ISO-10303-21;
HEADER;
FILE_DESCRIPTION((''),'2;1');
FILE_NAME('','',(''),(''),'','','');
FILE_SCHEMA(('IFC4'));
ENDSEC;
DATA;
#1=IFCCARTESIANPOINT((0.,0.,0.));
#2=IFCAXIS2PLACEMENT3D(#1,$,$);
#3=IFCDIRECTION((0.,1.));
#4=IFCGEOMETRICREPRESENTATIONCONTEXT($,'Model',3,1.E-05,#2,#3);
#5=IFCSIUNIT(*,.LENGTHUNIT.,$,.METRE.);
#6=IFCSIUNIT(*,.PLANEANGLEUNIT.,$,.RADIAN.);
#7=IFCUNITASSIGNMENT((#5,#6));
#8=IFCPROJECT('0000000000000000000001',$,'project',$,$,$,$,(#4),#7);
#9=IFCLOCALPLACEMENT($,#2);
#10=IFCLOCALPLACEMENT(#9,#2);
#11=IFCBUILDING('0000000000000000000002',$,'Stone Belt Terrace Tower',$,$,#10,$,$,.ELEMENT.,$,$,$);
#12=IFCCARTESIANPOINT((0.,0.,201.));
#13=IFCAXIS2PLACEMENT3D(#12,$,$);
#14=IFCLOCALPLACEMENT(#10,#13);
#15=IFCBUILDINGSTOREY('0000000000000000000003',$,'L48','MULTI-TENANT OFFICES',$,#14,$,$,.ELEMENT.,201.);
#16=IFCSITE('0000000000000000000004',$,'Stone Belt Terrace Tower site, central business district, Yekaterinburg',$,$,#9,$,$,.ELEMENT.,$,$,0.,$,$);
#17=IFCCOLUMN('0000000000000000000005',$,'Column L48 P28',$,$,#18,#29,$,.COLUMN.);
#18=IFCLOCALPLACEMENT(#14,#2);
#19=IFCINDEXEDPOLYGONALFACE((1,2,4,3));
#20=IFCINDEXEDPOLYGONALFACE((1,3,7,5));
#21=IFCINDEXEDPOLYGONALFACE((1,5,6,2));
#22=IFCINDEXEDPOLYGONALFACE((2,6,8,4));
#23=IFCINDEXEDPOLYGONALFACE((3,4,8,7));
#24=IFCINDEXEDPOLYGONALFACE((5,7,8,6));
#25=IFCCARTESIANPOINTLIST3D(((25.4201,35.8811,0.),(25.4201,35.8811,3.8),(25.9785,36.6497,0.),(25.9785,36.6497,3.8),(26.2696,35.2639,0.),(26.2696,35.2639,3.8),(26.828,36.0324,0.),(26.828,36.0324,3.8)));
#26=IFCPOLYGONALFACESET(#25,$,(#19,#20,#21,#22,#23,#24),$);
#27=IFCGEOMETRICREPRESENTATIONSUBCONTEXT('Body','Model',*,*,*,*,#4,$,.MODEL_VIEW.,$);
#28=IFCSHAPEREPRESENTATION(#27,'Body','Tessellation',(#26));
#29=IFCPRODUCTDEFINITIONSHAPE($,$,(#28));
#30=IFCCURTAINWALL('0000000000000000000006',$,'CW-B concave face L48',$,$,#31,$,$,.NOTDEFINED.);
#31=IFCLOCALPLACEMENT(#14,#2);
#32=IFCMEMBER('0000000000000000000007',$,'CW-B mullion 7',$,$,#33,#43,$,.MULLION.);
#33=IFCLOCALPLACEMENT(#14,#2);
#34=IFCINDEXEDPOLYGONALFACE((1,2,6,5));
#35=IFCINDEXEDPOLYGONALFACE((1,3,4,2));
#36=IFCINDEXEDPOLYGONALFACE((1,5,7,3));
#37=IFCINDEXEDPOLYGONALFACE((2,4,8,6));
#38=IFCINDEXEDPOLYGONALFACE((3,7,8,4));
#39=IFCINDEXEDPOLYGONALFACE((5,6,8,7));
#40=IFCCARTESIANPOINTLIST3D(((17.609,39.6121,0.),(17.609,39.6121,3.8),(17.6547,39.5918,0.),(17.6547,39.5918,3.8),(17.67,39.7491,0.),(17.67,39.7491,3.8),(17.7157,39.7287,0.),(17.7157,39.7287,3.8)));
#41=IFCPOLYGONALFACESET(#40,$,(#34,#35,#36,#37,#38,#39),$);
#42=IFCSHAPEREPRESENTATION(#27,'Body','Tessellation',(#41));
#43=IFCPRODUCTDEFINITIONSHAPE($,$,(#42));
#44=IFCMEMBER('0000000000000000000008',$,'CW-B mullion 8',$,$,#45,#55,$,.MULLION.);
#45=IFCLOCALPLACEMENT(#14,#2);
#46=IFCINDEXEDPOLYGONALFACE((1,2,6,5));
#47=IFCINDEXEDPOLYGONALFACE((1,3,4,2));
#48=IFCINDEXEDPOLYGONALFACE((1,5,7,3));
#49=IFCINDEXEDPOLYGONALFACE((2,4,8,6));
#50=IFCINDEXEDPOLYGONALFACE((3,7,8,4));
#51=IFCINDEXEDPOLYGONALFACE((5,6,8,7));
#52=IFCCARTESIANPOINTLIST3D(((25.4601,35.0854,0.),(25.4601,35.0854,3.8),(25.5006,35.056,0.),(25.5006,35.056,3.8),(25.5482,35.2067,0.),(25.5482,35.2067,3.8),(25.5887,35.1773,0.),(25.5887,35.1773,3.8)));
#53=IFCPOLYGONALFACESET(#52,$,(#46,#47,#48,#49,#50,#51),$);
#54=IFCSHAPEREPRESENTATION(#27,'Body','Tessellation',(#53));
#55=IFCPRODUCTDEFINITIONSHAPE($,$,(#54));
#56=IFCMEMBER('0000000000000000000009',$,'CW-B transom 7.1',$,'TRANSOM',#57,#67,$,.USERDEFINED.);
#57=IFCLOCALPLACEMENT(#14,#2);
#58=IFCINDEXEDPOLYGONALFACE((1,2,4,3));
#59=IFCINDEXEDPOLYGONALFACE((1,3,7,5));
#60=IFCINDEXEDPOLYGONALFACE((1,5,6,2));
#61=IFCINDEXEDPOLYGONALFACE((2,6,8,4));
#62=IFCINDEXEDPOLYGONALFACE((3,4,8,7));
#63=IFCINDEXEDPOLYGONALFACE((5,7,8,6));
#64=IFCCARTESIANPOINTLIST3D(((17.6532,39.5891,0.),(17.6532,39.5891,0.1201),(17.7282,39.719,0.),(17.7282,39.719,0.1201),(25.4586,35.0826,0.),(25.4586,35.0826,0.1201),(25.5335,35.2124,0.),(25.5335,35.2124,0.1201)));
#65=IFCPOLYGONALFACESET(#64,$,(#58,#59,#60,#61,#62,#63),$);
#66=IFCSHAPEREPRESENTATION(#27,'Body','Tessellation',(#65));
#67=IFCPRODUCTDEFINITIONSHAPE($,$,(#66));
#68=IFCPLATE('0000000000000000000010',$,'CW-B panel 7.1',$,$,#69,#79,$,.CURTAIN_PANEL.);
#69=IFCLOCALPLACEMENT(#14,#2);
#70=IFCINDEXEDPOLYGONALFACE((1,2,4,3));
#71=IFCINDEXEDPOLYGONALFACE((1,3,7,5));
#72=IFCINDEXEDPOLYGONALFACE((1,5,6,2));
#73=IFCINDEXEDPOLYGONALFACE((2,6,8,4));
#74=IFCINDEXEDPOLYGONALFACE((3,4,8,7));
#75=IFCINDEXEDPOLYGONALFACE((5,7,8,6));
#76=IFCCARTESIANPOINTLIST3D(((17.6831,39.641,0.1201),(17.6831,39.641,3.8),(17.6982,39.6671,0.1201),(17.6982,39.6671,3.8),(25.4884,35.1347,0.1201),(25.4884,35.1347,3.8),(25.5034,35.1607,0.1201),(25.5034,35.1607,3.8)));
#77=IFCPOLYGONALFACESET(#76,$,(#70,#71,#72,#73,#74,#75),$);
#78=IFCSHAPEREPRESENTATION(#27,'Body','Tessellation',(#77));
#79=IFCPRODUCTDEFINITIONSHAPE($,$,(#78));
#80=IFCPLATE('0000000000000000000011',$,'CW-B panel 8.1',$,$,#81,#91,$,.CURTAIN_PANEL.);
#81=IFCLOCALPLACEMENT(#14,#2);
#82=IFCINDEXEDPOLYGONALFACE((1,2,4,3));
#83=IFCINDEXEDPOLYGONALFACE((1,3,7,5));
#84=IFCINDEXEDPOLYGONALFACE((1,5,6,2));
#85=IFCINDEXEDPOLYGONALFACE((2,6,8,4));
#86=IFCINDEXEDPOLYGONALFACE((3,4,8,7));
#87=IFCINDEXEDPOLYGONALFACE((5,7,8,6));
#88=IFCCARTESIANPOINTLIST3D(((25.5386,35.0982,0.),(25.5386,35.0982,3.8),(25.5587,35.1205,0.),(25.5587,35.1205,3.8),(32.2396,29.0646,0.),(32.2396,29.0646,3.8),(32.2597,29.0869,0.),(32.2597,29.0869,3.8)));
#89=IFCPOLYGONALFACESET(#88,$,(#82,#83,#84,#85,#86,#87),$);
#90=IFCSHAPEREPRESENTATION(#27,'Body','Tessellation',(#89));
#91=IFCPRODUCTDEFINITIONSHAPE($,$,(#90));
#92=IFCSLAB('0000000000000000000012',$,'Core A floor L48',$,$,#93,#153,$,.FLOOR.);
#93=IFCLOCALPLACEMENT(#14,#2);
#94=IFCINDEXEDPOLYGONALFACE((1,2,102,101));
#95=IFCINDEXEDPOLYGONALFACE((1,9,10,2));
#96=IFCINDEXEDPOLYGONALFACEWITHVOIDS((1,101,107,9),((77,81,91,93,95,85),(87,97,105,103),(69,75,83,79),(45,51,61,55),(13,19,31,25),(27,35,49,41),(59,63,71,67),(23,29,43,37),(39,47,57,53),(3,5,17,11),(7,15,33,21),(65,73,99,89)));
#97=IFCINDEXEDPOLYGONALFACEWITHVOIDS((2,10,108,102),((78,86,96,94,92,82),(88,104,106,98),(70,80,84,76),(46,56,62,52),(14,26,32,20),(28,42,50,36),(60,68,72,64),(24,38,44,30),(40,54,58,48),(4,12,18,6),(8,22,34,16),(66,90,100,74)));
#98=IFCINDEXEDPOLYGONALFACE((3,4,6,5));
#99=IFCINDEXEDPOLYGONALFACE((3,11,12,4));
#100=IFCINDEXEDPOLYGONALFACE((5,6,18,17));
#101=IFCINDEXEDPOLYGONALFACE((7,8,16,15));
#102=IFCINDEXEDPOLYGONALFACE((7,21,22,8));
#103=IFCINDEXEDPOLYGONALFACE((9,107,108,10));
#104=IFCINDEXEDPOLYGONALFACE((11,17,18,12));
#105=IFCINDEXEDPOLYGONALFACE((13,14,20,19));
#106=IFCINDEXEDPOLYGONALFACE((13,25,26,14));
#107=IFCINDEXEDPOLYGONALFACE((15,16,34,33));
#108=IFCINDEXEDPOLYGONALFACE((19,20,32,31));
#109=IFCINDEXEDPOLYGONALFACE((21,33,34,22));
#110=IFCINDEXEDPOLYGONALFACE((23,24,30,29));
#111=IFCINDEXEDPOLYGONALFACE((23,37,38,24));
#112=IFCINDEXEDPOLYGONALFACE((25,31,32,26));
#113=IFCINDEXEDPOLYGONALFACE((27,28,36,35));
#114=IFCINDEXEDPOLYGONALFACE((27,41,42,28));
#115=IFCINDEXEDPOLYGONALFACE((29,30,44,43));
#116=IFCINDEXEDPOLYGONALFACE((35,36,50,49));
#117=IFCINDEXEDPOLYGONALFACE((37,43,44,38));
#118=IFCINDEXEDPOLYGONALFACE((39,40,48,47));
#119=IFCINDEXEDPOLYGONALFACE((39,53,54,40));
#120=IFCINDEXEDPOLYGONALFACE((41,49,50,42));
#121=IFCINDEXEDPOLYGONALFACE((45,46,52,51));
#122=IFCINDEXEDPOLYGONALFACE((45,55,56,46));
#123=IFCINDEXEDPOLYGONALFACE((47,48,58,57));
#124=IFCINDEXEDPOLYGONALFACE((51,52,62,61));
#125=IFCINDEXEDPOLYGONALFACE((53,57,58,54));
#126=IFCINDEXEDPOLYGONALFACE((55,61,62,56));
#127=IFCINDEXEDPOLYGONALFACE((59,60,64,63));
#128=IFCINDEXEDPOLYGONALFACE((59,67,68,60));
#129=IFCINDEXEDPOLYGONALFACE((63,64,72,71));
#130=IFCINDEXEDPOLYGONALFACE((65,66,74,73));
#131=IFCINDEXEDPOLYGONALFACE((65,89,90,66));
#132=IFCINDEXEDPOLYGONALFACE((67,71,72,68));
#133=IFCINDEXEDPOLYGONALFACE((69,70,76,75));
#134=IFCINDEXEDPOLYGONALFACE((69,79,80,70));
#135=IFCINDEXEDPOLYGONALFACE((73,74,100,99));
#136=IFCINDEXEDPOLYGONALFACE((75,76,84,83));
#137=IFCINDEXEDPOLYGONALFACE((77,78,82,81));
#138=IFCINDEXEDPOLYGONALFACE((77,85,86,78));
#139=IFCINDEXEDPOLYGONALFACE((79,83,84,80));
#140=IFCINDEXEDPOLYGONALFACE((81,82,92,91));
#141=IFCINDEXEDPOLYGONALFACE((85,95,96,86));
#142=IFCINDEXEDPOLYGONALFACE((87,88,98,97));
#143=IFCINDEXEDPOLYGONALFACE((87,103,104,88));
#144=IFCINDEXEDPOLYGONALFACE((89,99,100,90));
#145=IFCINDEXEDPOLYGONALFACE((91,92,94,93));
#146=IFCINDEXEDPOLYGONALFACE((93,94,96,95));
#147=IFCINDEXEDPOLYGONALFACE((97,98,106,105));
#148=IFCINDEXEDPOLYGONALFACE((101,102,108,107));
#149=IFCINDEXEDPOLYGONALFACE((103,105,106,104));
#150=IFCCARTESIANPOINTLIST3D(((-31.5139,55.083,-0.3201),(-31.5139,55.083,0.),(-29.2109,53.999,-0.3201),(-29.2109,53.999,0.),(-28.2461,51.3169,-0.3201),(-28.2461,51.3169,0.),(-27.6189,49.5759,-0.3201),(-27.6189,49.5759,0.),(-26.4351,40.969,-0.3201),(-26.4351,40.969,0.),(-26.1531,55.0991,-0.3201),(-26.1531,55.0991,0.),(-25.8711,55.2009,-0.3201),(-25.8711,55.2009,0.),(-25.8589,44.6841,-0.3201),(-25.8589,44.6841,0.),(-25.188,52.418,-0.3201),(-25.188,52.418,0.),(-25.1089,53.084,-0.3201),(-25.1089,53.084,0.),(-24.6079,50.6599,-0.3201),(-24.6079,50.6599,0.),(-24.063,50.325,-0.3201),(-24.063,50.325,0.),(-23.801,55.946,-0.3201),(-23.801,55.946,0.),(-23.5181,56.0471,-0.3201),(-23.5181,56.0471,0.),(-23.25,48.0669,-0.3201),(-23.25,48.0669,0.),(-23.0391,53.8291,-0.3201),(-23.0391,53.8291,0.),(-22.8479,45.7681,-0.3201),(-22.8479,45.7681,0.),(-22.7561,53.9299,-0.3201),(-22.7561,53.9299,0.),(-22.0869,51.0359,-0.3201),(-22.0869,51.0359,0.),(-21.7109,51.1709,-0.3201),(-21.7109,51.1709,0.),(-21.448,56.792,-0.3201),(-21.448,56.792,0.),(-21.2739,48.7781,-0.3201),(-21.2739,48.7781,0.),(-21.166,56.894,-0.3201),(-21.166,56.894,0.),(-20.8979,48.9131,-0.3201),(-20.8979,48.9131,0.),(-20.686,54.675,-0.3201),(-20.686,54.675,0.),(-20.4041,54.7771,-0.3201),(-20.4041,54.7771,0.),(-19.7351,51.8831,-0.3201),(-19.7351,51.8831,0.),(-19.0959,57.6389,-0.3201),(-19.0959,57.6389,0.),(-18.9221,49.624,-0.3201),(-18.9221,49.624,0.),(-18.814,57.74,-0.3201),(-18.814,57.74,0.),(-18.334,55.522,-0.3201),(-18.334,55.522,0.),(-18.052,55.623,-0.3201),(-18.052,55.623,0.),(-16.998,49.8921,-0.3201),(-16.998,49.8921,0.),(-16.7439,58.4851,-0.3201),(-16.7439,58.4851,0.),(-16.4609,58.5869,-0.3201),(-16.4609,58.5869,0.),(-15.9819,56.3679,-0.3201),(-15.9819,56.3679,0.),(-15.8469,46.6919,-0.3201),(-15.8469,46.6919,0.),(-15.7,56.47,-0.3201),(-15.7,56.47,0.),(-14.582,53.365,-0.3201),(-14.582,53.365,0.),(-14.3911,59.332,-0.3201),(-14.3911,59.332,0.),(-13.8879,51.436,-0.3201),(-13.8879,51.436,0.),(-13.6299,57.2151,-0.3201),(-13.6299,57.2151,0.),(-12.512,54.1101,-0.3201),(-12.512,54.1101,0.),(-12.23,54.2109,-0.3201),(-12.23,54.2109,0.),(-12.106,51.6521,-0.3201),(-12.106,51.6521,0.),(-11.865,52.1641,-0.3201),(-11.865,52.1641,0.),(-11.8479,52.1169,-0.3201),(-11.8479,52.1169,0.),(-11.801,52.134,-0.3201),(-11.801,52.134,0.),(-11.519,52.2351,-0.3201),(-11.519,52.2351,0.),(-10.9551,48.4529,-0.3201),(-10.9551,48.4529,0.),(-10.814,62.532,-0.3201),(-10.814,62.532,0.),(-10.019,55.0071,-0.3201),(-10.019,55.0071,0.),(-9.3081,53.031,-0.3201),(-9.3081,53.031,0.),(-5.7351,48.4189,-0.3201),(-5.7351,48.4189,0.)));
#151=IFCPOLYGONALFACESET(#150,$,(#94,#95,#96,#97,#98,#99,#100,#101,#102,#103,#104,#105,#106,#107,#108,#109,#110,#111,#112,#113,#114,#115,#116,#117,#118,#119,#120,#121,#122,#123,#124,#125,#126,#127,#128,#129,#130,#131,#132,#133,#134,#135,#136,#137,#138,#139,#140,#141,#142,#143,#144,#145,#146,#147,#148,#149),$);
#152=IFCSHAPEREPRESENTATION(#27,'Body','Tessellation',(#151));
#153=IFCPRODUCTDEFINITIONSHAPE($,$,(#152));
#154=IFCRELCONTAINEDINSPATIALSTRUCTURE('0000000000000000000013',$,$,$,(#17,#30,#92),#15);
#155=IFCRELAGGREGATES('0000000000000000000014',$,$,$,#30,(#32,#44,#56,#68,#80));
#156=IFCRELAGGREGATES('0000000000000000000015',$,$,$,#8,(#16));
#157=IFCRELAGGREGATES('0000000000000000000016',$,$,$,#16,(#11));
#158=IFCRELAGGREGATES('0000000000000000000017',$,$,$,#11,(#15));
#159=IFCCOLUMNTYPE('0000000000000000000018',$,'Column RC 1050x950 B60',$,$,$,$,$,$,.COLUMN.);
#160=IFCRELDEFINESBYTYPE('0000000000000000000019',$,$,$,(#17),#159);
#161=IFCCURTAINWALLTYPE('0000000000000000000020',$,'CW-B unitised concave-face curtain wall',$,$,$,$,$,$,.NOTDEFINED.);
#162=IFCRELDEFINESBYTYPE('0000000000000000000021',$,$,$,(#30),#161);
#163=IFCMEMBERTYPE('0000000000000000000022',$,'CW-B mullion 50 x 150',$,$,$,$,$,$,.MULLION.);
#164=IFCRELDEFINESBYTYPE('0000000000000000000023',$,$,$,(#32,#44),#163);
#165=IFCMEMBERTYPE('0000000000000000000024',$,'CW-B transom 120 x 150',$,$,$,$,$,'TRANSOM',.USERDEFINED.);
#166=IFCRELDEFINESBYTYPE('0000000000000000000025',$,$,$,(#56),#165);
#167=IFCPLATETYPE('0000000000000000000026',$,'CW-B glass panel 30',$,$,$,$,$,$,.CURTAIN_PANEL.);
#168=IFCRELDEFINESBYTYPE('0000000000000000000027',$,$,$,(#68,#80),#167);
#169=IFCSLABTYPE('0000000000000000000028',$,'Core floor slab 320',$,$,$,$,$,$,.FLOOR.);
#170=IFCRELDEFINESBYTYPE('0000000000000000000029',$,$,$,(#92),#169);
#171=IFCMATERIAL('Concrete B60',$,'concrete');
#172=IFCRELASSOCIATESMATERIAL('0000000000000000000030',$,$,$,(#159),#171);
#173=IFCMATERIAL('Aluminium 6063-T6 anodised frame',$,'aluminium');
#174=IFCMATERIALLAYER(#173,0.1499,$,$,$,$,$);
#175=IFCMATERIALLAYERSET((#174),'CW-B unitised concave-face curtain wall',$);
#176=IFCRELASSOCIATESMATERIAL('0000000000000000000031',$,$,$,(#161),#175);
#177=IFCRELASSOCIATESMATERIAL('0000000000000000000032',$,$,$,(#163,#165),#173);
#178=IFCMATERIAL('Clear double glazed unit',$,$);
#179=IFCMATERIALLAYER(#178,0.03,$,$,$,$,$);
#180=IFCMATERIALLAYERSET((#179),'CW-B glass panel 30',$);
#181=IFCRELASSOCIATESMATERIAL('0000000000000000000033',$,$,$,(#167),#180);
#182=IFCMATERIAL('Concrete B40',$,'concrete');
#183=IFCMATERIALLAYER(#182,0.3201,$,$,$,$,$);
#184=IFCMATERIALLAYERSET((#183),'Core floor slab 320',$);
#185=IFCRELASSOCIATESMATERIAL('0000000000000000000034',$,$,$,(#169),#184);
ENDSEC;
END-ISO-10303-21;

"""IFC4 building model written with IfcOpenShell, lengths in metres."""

from ifc_helpers import new_model, si_unit, direction, frame, origin, origin_2d, place, context, subcontext, project, spatial, polyline, rectangle, outline, extrude, material, layer, layer_set, material_profile, profile_set, type_object, element, aggregate, save


model = new_model("IFC4")

# Units and contexts
model_context = context("Model", 3, precision=1e-05, world=origin(), true_north=direction((0.0, 1.0)))
body_context = subcontext(model_context, "Body", "Model", "MODEL_VIEW")
ifc_project = project(units=[si_unit("LENGTHUNIT", "METRE"), si_unit("PLANEANGLEUNIT", "RADIAN")], contexts=[model_context])

# Site, building, storey
site_placement = place(None, origin())
site = spatial("IfcSite", under=ifc_project, at=site_placement, Name="Stone Belt Terrace Tower site, central business district, Yekaterinburg", CompositionType="ELEMENT", RefElevation=0.0)
building_placement = place(site_placement, origin())
building = spatial("IfcBuilding", under=site, at=building_placement, Name="Stone Belt Terrace Tower", CompositionType="ELEMENT")
storey_placement = place(building_placement, frame((0.0, 0.0, 201.0)))
storey = spatial("IfcBuildingStorey", under=building, at=storey_placement, Name="L48", Description="MULTI-TENANT OFFICES", CompositionType="ELEMENT", Elevation=201.0)

# Column
ifc_material_1 = material(Name="Concrete B60", Category="concrete")
ifc_material_profile_1 = material_profile(ifc_material_1, rectangle(XDim=1.05, YDim=0.95, at=origin_2d()), Name="RC 1050x950")
ifc_profile_set_1 = profile_set([ifc_material_profile_1], Name="Concrete B60")
column_type = type_object("IfcColumnType", Name="Column RC 1050x950 B60", PredefinedType="COLUMN", material=ifc_profile_set_1)
column_placement = place(storey_placement, frame((26.124, 35.9568, 0.0), z_axis=(0.0, 0.0, 1.0), x_axis=(0.809017, -0.587785, 0.0)))
element("IfcColumn", 1, at=column_placement, inside=storey, type_object=column_type, Name="Column L48 P28", PredefinedType="COLUMN", context=body_context, shape_type="SweptSolid", body=[
    extrude(rectangle(XDim=1.05, YDim=0.95, at=origin_2d()), origin(), (0.0, 0.0, 1.0), 3.8),
])

# Curtain wall, members, plates
ifc_material_2 = material(Name="Aluminium 6063-T6 anodised frame", Category="aluminium")
ifc_layer_1 = layer(ifc_material_2, 0.1499)
ifc_layer_set_1 = layer_set([ifc_layer_1], Name="CW-B unitised concave-face curtain wall")
curtain_wall_type = type_object("IfcCurtainWallType", Name="CW-B unitised concave-face curtain wall", PredefinedType="NOTDEFINED", material=ifc_layer_set_1)
curtain_wall_placement = place(storey_placement, origin())
curtain_wall = element("IfcCurtainWall", 2, at=curtain_wall_placement, inside=storey, type_object=curtain_wall_type, Name="CW-B concave face L48", PredefinedType="NOTDEFINED")
ifc_material_profile_2 = material_profile(ifc_material_2, rectangle(XDim=0.1499, YDim=0.05, at=origin_2d()), Name="Aluminium 6063-T6 50x150")
ifc_profile_set_2 = profile_set([ifc_material_profile_2], Name="Aluminium 6063-T6 anodised frame")
member_type_1 = type_object("IfcMemberType", Name="CW-B mullion 50 x 150", PredefinedType="MULLION", material=ifc_profile_set_2)
member_1_placement = place(storey_placement, frame((17.6624, 39.6704, 0.0), z_axis=(0.0, 0.0, 1.0), x_axis=(0.406737, 0.913545, 0.0)))
member_1 = element("IfcMember", 3, at=member_1_placement, type_object=member_type_1, Name="CW-B mullion 7", PredefinedType="MULLION", context=body_context, shape_type="SweptSolid", body=[
    extrude(rectangle(XDim=0.1499, YDim=0.05, at=origin_2d()), origin(), (0.0, 0.0, 1.0), 3.8),
])
member_2_placement = place(storey_placement, frame((25.5244, 35.1313, 0.0), z_axis=(0.0, 0.0, 1.0), x_axis=(0.587785, 0.809017, 0.0)))
member_2 = element("IfcMember", 4, at=member_2_placement, type_object=member_type_1, Name="CW-B mullion 8", PredefinedType="MULLION", context=body_context, shape_type="SweptSolid", body=[
    extrude(rectangle(XDim=0.1499, YDim=0.05, at=origin_2d()), origin(), (0.0, 0.0, 1.0), 3.8),
])
ifc_material_profile_3 = material_profile(ifc_material_2, rectangle(XDim=0.1499, YDim=0.1201, at=origin_2d()), Name="Aluminium 6063-T6 150x120")
ifc_profile_set_3 = profile_set([ifc_material_profile_3], Name="Aluminium 6063-T6 anodised frame")
member_type_2 = type_object("IfcMemberType", Name="CW-B transom 120 x 150", ElementType="TRANSOM", PredefinedType="USERDEFINED", material=ifc_profile_set_3)
member_3_placement = place(storey_placement, frame((17.6907, 39.6541, 0.0601), z_axis=(0.866019, -0.500011, 0.0), x_axis=(0.500011, 0.866019, 0.0)))
member_3 = element("IfcMember", 5, at=member_3_placement, type_object=member_type_2, Name="CW-B transom 7.1", ObjectType="TRANSOM", PredefinedType="USERDEFINED", context=body_context, shape_type="SweptSolid", body=[
    extrude(rectangle(XDim=0.1499, YDim=0.1201, at=origin_2d()), origin(), (0.0, 0.0, 1.0), 9.0129),
])
ifc_material_3 = material(Name="Clear double glazed unit")
ifc_layer_2 = layer(ifc_material_3, 0.03)
ifc_layer_set_2 = layer_set([ifc_layer_2], Name="CW-B glass panel 30")
plate_type = type_object("IfcPlateType", Name="CW-B glass panel 30", PredefinedType="CURTAIN_PANEL", material=ifc_layer_set_2)
plate_1_placement = place(storey_placement, frame((21.5933, 37.4009, 0.1201), z_axis=(0.0, 0.0, 1.0), x_axis=(0.866025, -0.5, 0.0)))
plate_1 = element("IfcPlate", 6, at=plate_1_placement, type_object=plate_type, Name="CW-B panel 7.1", PredefinedType="CURTAIN_PANEL", context=body_context, shape_type="SweptSolid", body=[
    extrude(rectangle(XDim=9.0127, YDim=0.03, at=origin_2d()), origin(), (0.0, 0.0, 1.0), 3.6799),
])
plate_2_placement = place(storey_placement, frame((28.8992, 32.0925, 0.0), z_axis=(0.0, 0.0, 1.0), x_axis=(0.743145, -0.669131, 0.0)))
plate_2 = element("IfcPlate", 7, at=plate_2_placement, type_object=plate_type, Name="CW-B panel 8.1", PredefinedType="CURTAIN_PANEL", context=body_context, shape_type="SweptSolid", body=[
    extrude(rectangle(XDim=9.0171, YDim=0.03, at=origin_2d()), origin(), (0.0, 0.0, 1.0), 3.8),
])
aggregate(curtain_wall, [member_1, member_2, member_3, plate_1, plate_2])

# Slab
ifc_material_4 = material(Name="Concrete B40", Category="concrete")
ifc_layer_3 = layer(ifc_material_4, 0.3201)
ifc_layer_set_3 = layer_set([ifc_layer_3], Name="Core floor slab 320")
slab_type_1 = type_object("IfcSlabType", Name="Core floor slab 320", PredefinedType="FLOOR", material=ifc_layer_set_3)
slab_1_placement = place(storey_placement, frame((0.0, 0.0, -0.3201)))
element("IfcSlab", 8, at=slab_1_placement, inside=storey, type_object=slab_type_1, Name="Core A floor L48", PredefinedType="FLOOR", context=body_context, shape_type="SweptSolid", body=[
    extrude(outline(polyline([(-26.4351, 40.969), (-5.7351, 48.4189), (-10.814, 62.532), (-31.5139, 55.083), (-26.4351, 40.969)]), holes=[polyline([(-24.6079, 50.6599), (-22.8479, 45.7681), (-25.8589, 44.6841), (-27.6189, 49.5759), (-24.6079, 50.6599)]), polyline([(-23.25, 48.0669), (-24.063, 50.325), (-22.0869, 51.0359), (-21.2739, 48.7781), (-23.25, 48.0669)]), polyline([(-20.8979, 48.9131), (-21.7109, 51.1709), (-19.7351, 51.8831), (-18.9221, 49.624), (-20.8979, 48.9131)]), polyline([(-28.2461, 51.3169), (-29.2109, 53.999), (-26.1531, 55.0991), (-25.188, 52.418), (-28.2461, 51.3169)]), polyline([(-23.801, 55.946), (-23.0391, 53.8291), (-25.1089, 53.084), (-25.8711, 55.2009), (-23.801, 55.946)]), polyline([(-21.448, 56.792), (-20.686, 54.675), (-22.7561, 53.9299), (-23.5181, 56.0471), (-21.448, 56.792)]), polyline([(-10.9551, 48.4529), (-15.8469, 46.6919), (-16.998, 49.8921), (-12.106, 51.6521), (-10.9551, 48.4529)]), polyline([(-11.8479, 52.1169), (-11.865, 52.1641), (-13.8879, 51.436), (-14.582, 53.365), (-12.512, 54.1101), (-11.801, 52.134), (-11.8479, 52.1169)]), polyline([(-9.3081, 53.031), (-11.519, 52.2351), (-12.23, 54.2109), (-10.019, 55.0071), (-9.3081, 53.031)]), polyline([(-21.166, 56.894), (-19.0959, 57.6389), (-18.334, 55.522), (-20.4041, 54.7771), (-21.166, 56.894)]), polyline([(-16.7439, 58.4851), (-15.9819, 56.3679), (-18.052, 55.623), (-18.814, 57.74), (-16.7439, 58.4851)]), polyline([(-14.3911, 59.332), (-13.6299, 57.2151), (-15.7, 56.47), (-16.4609, 58.5869), (-14.3911, 59.332)])]), origin(), (0.0, 0.0, 1.0), 0.3201),
])

save(model, "model.ifc")
